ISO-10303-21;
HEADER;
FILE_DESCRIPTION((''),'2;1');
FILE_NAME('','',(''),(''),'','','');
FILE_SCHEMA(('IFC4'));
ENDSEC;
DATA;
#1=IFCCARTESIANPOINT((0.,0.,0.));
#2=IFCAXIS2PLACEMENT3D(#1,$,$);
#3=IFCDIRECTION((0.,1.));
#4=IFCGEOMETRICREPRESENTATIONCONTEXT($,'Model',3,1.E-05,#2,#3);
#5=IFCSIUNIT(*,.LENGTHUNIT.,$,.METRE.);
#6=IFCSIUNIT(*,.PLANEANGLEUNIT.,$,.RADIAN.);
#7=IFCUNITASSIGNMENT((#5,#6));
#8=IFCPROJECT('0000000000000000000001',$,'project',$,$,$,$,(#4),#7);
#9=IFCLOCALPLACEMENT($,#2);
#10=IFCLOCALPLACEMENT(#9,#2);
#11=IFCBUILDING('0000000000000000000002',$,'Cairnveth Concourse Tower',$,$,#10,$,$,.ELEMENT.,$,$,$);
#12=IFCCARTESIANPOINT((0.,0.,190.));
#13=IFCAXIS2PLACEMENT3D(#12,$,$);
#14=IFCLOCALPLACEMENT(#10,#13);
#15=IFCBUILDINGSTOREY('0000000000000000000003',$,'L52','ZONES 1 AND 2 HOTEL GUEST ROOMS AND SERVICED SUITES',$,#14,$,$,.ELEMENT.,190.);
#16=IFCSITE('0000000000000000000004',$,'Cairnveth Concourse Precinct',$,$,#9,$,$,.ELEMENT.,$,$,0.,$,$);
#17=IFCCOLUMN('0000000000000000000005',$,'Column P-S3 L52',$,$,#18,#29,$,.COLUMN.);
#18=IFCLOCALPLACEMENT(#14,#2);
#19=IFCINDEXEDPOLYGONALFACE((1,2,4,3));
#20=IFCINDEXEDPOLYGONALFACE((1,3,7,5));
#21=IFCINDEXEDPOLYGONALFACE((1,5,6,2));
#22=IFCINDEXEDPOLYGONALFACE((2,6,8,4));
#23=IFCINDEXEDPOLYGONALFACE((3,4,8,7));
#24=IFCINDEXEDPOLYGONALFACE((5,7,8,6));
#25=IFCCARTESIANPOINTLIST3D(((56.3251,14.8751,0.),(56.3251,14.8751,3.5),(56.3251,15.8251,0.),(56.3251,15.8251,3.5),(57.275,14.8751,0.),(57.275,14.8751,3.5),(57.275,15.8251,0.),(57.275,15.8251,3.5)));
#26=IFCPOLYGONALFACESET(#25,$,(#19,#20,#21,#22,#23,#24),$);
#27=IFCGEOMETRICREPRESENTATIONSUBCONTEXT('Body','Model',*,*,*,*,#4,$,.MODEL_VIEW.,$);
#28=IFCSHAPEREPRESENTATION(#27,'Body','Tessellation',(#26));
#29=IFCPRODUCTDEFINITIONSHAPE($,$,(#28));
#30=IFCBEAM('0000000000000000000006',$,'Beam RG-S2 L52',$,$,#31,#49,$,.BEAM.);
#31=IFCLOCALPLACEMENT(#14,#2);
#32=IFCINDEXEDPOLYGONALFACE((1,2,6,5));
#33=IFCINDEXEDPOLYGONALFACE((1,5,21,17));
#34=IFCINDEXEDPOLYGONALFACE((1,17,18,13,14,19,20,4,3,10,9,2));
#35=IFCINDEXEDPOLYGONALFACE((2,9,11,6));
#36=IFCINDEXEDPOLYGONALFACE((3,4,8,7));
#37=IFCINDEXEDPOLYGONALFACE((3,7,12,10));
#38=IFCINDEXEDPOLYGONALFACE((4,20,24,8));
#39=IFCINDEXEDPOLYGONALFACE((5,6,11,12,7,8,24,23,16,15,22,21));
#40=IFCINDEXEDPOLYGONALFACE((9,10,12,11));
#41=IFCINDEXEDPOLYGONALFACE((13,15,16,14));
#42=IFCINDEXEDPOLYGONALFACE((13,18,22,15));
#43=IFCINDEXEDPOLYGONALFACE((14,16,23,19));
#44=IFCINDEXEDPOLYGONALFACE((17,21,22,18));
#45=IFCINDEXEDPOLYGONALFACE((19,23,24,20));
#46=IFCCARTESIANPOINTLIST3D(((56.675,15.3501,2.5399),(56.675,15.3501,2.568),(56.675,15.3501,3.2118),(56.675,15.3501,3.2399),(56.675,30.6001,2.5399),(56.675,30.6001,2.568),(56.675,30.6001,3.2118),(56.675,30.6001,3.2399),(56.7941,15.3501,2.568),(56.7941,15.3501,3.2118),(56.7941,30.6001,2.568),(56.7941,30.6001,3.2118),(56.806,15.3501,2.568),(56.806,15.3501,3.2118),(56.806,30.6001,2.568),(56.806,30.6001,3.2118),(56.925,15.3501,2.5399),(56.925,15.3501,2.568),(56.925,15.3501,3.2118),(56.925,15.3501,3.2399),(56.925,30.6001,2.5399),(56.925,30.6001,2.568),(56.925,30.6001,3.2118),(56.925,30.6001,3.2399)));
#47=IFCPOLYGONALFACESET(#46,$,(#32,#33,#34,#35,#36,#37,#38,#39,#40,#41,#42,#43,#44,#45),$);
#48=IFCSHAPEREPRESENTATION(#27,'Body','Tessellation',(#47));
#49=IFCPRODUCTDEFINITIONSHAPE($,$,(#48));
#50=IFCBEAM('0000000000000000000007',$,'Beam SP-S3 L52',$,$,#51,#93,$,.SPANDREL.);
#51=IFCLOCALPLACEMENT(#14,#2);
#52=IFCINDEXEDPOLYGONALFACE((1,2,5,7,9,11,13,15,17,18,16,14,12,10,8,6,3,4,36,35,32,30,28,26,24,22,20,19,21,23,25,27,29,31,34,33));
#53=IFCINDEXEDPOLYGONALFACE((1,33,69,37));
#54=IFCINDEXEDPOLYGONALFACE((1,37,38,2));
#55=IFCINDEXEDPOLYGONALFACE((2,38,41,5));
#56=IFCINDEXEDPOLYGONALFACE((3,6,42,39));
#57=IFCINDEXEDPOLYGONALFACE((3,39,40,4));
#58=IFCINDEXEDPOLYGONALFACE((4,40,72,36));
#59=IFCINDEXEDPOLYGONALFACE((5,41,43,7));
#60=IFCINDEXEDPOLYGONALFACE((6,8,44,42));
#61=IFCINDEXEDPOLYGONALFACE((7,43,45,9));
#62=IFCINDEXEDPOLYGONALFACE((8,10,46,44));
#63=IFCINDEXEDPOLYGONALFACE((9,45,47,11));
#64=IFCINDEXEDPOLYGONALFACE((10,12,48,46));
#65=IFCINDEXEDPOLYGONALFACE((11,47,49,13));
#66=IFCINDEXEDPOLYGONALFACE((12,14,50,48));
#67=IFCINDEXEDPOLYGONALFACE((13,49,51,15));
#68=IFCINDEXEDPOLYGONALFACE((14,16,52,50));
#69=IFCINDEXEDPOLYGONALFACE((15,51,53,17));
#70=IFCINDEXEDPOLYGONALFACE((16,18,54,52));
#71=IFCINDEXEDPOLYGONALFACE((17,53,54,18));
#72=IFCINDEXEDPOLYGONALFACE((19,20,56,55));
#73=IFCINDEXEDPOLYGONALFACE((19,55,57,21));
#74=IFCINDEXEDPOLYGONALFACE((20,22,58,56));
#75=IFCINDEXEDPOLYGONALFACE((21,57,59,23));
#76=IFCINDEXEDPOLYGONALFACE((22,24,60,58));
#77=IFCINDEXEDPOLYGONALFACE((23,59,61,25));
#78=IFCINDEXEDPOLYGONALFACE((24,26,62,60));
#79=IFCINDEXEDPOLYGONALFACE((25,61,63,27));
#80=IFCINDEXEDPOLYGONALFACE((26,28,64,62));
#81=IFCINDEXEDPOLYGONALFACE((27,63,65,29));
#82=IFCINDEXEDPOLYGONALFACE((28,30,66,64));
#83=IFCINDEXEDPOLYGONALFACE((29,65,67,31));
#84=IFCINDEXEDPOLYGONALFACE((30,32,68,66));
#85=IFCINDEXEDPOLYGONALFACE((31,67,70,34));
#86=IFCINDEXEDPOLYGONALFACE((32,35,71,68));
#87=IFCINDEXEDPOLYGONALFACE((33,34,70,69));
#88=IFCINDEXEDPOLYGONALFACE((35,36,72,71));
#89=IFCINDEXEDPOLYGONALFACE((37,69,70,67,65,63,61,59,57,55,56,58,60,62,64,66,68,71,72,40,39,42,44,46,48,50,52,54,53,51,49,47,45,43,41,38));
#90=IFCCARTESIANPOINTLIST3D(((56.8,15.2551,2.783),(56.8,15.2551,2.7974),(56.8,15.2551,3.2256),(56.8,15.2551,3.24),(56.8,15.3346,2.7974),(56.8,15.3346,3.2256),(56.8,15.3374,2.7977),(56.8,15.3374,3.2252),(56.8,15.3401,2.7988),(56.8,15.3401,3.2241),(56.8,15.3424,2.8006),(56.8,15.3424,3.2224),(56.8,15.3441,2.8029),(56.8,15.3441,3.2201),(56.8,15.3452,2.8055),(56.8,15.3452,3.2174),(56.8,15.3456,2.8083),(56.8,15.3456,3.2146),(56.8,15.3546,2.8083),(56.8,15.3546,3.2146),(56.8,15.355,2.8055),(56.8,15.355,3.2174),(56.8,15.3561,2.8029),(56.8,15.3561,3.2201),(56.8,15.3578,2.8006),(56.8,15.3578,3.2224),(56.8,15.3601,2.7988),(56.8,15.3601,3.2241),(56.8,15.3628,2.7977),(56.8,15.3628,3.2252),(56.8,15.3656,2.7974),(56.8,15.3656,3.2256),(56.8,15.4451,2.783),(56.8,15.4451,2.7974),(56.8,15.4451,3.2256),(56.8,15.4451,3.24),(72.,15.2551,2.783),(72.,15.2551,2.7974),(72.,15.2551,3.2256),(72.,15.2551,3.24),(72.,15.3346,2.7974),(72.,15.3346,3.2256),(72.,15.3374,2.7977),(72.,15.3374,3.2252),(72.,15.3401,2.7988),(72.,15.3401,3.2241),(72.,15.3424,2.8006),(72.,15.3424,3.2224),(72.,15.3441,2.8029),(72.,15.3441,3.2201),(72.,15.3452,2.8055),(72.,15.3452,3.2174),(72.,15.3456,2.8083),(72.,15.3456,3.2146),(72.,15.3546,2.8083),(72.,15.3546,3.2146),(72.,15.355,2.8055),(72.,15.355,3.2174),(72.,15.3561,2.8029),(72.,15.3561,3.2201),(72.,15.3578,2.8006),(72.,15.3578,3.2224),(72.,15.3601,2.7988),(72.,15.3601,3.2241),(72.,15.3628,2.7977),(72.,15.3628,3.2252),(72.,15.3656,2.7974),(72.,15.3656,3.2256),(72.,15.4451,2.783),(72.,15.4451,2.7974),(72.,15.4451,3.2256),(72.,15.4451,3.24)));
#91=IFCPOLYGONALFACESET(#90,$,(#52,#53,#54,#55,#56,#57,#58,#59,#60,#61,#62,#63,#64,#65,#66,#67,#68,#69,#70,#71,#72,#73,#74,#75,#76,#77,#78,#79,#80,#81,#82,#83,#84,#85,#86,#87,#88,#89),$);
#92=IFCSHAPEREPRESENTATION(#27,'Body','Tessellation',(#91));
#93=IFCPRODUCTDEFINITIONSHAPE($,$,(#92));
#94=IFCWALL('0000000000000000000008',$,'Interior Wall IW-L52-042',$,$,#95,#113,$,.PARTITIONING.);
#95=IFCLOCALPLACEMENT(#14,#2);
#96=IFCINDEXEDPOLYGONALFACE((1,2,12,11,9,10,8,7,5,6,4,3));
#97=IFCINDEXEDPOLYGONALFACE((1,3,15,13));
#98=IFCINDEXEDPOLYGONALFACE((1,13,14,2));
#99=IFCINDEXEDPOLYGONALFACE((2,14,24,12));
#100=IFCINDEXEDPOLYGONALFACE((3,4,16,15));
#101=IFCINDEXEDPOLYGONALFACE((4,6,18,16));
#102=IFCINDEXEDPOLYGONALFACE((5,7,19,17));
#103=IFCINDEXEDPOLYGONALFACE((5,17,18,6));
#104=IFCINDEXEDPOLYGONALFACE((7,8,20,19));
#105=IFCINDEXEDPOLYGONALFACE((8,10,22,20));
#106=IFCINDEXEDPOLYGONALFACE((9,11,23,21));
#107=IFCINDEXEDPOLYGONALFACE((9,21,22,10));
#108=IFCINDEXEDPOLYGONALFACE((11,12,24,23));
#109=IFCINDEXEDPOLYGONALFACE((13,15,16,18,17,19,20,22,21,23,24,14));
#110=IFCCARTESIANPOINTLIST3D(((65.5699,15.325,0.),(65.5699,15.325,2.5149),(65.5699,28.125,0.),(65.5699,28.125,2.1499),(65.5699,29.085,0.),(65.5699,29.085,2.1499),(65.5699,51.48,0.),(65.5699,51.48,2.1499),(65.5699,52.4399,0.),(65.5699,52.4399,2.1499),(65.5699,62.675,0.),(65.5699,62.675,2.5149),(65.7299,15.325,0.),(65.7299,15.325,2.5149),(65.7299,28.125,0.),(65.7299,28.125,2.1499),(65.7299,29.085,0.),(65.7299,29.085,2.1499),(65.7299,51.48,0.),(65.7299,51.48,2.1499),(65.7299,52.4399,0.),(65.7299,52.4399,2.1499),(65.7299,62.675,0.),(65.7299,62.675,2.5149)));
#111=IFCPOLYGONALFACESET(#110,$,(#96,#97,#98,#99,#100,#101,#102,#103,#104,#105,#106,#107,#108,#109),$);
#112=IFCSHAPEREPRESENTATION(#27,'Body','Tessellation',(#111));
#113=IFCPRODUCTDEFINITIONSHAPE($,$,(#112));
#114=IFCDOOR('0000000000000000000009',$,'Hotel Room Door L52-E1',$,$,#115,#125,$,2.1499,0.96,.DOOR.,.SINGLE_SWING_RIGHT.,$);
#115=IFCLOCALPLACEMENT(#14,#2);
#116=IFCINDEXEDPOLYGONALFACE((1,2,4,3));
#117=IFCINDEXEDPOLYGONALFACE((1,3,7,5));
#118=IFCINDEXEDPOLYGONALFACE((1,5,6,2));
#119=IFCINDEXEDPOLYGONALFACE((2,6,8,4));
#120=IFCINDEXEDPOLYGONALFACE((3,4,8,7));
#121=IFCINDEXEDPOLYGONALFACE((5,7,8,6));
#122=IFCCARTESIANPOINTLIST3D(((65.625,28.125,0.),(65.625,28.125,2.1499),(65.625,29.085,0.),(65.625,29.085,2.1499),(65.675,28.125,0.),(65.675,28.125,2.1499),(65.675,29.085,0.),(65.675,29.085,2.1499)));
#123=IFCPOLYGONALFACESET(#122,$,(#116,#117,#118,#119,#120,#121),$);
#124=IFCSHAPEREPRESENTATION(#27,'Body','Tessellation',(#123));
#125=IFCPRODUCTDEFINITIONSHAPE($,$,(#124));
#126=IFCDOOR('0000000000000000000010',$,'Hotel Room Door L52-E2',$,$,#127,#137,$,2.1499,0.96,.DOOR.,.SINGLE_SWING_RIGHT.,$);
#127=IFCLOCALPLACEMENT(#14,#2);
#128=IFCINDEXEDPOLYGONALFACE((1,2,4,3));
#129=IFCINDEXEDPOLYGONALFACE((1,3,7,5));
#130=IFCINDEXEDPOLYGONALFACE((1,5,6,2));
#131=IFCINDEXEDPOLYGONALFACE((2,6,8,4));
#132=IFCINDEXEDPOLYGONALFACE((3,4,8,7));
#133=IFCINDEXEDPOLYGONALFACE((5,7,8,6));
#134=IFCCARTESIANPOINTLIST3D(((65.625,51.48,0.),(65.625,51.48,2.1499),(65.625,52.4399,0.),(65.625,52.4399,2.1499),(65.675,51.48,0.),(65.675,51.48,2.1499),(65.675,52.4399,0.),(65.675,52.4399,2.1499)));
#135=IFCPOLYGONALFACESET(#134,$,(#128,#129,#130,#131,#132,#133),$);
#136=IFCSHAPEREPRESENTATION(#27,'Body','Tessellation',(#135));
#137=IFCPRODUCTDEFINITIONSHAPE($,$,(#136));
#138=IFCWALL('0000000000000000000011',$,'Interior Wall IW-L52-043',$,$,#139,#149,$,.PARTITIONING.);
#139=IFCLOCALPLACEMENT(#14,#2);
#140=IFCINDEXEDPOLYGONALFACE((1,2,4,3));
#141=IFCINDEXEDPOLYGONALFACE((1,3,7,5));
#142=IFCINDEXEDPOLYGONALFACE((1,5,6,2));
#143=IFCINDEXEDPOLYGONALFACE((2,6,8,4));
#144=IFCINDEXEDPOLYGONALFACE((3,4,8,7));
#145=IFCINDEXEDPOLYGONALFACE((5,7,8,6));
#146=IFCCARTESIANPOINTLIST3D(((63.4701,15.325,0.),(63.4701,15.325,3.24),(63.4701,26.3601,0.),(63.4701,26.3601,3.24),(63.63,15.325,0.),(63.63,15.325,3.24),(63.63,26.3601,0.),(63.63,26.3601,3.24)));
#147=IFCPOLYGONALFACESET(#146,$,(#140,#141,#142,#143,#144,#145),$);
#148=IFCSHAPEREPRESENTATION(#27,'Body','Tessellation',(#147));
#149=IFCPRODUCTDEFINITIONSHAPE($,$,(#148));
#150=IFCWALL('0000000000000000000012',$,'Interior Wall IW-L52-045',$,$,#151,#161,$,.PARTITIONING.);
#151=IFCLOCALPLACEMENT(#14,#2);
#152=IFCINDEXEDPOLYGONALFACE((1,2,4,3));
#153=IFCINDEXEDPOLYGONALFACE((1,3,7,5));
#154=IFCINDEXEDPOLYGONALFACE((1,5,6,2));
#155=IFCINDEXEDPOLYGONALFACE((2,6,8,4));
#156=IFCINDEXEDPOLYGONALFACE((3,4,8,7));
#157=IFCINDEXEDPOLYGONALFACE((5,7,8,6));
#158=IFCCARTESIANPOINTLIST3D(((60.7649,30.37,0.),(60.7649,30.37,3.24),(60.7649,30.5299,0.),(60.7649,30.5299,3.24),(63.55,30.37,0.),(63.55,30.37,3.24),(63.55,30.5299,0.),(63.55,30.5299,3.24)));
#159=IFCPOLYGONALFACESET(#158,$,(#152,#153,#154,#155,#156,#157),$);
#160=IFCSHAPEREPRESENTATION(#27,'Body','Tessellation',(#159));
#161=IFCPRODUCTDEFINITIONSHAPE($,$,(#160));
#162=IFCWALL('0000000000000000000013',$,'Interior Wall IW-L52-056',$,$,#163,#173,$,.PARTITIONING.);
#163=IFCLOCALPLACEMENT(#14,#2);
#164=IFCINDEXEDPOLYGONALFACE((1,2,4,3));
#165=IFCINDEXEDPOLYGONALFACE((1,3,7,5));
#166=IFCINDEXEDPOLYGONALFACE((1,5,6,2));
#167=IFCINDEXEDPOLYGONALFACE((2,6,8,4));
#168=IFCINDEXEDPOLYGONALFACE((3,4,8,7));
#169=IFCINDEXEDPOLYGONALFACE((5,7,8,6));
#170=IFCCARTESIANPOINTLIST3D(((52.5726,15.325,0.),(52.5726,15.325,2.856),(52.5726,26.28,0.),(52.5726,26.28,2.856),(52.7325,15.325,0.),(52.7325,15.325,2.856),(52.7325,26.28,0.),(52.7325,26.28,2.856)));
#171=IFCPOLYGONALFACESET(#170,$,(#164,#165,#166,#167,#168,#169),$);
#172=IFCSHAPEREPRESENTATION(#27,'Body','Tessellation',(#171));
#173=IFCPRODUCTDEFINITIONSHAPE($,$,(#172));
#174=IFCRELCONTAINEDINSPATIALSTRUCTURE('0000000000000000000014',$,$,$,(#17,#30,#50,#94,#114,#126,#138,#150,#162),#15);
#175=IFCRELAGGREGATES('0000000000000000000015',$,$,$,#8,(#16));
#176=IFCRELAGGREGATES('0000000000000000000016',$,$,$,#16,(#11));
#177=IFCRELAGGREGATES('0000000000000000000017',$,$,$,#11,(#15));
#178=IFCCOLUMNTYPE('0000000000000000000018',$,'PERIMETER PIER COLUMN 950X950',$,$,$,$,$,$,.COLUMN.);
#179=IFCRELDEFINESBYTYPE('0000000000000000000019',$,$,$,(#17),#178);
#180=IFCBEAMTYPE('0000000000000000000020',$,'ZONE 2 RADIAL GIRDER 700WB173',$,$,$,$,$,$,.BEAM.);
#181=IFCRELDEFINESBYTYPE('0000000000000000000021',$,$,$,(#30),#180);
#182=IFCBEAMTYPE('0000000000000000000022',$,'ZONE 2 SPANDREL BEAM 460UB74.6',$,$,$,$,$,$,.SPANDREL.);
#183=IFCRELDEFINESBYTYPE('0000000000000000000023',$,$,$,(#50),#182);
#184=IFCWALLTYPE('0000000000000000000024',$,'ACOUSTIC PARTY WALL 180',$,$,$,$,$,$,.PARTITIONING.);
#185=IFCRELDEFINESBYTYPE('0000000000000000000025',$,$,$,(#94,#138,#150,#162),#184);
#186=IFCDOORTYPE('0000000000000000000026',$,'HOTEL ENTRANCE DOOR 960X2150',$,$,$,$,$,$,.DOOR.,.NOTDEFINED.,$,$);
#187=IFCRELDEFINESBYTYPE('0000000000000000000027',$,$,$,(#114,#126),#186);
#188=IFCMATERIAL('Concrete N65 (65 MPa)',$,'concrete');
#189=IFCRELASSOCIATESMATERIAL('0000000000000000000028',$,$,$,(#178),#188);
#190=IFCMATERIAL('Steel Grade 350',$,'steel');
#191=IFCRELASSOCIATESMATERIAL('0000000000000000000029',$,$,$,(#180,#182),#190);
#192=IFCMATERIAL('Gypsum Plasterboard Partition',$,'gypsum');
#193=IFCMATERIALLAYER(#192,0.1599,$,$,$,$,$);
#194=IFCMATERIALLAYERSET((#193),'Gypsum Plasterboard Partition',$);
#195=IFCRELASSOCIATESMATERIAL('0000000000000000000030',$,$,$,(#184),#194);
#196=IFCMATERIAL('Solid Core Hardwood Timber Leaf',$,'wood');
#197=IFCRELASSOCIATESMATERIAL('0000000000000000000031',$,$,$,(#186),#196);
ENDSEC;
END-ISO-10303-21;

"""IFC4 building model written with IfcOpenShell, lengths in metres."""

from ifc_helpers import new_model, si_unit, direction, frame, frame_2d, origin, origin_2d, place, context, subcontext, project, spatial, rectangle, i_section, extrude, material, layer, layer_set, material_profile, profile_set, type_object, element, fill, save


model = new_model("IFC4")

# Units and contexts
model_context = context("Model", 3, precision=1e-05, world=origin(), true_north=direction((0.0, 1.0)))
body_context = subcontext(model_context, "Body", "Model", "MODEL_VIEW")
ifc_project = project(units=[si_unit("LENGTHUNIT", "METRE"), si_unit("PLANEANGLEUNIT", "RADIAN")], contexts=[model_context])

# Site, building, storey
site_placement = place(None, origin())
site = spatial("IfcSite", under=ifc_project, at=site_placement, Name="Cairnveth Concourse Precinct", CompositionType="ELEMENT", RefElevation=0.0)
building_placement = place(site_placement, origin())
building = spatial("IfcBuilding", under=site, at=building_placement, Name="Cairnveth Concourse Tower", CompositionType="ELEMENT")
storey_placement = place(building_placement, frame((0.0, 0.0, 190.0)))
storey = spatial("IfcBuildingStorey", under=building, at=storey_placement, Name="L52", Description="ZONES 1 AND 2 HOTEL GUEST ROOMS AND SERVICED SUITES", CompositionType="ELEMENT", Elevation=190.0)

# Column
ifc_material_1 = material(Name="Concrete N65 (65 MPa)", Category="concrete")
ifc_material_profile_1 = material_profile(ifc_material_1, rectangle(XDim=0.95, YDim=0.95, at=origin_2d()), Name="RC-COL-950x950")
ifc_profile_set_1 = profile_set([ifc_material_profile_1], Name="Concrete N65 (65 MPa)")
column_type = type_object("IfcColumnType", Name="PERIMETER PIER COLUMN 950X950", PredefinedType="COLUMN", material=ifc_profile_set_1)
column_placement = place(storey_placement, frame((56.8, 15.3501, 0.0), z_axis=(0.0, 0.0, 1.0), x_axis=(1.0, 0.0, 0.0)))
element("IfcColumn", 1, at=column_placement, inside=storey, type_object=column_type, Name="Column P-S3 L52", PredefinedType="COLUMN", context=body_context, shape_type="SweptSolid", body=[
    extrude(rectangle(XDim=0.95, YDim=0.95, at=origin_2d()), origin(), (0.0, 0.0, 1.0), 3.5),
])

# Beams
ifc_material_2 = material(Name="Steel Grade 350", Category="steel")
ifc_material_profile_2 = material_profile(ifc_material_2, i_section(OverallWidth=0.25, OverallDepth=0.7, WebThickness=0.012, FlangeThickness=0.0281, at=origin_2d()), Name="700WB173")
ifc_profile_set_2 = profile_set([ifc_material_profile_2], Name="Steel Grade 350")
beam_type_1 = type_object("IfcBeamType", Name="ZONE 2 RADIAL GIRDER 700WB173", PredefinedType="BEAM", material=ifc_profile_set_2)
beam_1_placement = place(storey_placement, frame((56.8, 15.3501, 2.8899), z_axis=(0.0, 1.0, 0.0), x_axis=(-1.0, 0.0, 0.0)))
element("IfcBeam", 2, at=beam_1_placement, inside=storey, type_object=beam_type_1, Name="Beam RG-S2 L52", PredefinedType="BEAM", context=body_context, shape_type="SweptSolid", body=[
    extrude(i_section(OverallWidth=0.25, OverallDepth=0.7, WebThickness=0.012, FlangeThickness=0.0281, at=origin_2d()), origin(), (0.0, 0.0, 1.0), 15.25),
])
ifc_material_profile_3 = material_profile(ifc_material_2, i_section(OverallWidth=0.1899, OverallDepth=0.457, WebThickness=0.009, FlangeThickness=0.0144, FilletRadius=0.011, at=origin_2d()), Name="460UB74.6")
ifc_profile_set_3 = profile_set([ifc_material_profile_3], Name="Steel Grade 350")
beam_type_2 = type_object("IfcBeamType", Name="ZONE 2 SPANDREL BEAM 460UB74.6", PredefinedType="SPANDREL", material=ifc_profile_set_3)
beam_2_placement = place(storey_placement, frame((56.8, 15.3501, 3.0115), z_axis=(1.0, 0.0, 0.0), x_axis=(0.0, 1.0, 0.0)))
element("IfcBeam", 3, at=beam_2_placement, inside=storey, type_object=beam_type_2, Name="Beam SP-S3 L52", PredefinedType="SPANDREL", context=body_context, shape_type="SweptSolid", body=[
    extrude(i_section(OverallWidth=0.1899, OverallDepth=0.457, WebThickness=0.009, FlangeThickness=0.0144, FilletRadius=0.011, at=origin_2d()), origin(), (0.0, 0.0, 1.0), 15.2),
])

# Wall, openings, doors
ifc_material_3 = material(Name="Gypsum Plasterboard Partition", Category="gypsum")
ifc_layer_1 = layer(ifc_material_3, 0.1599)
ifc_layer_set_1 = layer_set([ifc_layer_1], Name="Gypsum Plasterboard Partition")
wall_type_1 = type_object("IfcWallType", Name="ACOUSTIC PARTY WALL 180", PredefinedType="PARTITIONING", material=ifc_layer_set_1)
wall_1_placement = place(storey_placement, frame((65.6499, 15.325, 0.0), z_axis=(0.0, 0.0, 1.0), x_axis=(0.0, 1.0, 0.0)))
wall_1 = element("IfcWall", 4, at=wall_1_placement, inside=storey, type_object=wall_type_1, Name="Interior Wall IW-L52-042", PredefinedType="PARTITIONING", context=body_context, shape_type="SweptSolid", body=[
    extrude(rectangle(XDim=47.3501, YDim=0.1599, at=frame_2d((23.675, 0.0))), origin(), (0.0, 0.0, 1.0), 2.5149),
])
opening_1_placement = place(wall_1_placement, frame((12.8, 0.0, 0.0)))
opening_1 = element("IfcOpeningElement", 5, at=opening_1_placement, cuts=wall_1, PredefinedType="OPENING", context=body_context, shape_type="SweptSolid", body=[
    extrude(rectangle(XDim=0.96, YDim=2.1499, at=frame_2d((0.48, 1.075))), frame((0.0, 0.0898, 0.0), z_axis=(0.0, -1.0, 0.0), x_axis=(1.0, 0.0, 0.0)), (0.0, 0.0, 1.0), 0.1799),
])
opening_2_placement = place(wall_1_placement, frame((36.155, 0.0, 0.0)))
opening_2 = element("IfcOpeningElement", 6, at=opening_2_placement, cuts=wall_1, PredefinedType="OPENING", context=body_context, shape_type="SweptSolid", body=[
    extrude(rectangle(XDim=0.96, YDim=2.1499, at=frame_2d((0.48, 1.075))), frame((0.0, 0.0898, 0.0), z_axis=(0.0, -1.0, 0.0), x_axis=(1.0, 0.0, 0.0)), (0.0, 0.0, 1.0), 0.1799),
])
ifc_material_4 = material(Name="Solid Core Hardwood Timber Leaf", Category="wood")
door_type_1 = type_object("IfcDoorType", Name="HOTEL ENTRANCE DOOR 960X2150", OperationType="NOTDEFINED", PredefinedType="DOOR", material=ifc_material_4)
door_1_placement = place(opening_1_placement, origin())
door_1 = element("IfcDoor", 7, at=door_1_placement, inside=storey, type_object=door_type_1, Name="Hotel Room Door L52-E1", OperationType="SINGLE_SWING_RIGHT", OverallHeight=2.1499, OverallWidth=0.96, PredefinedType="DOOR", context=body_context, shape_type="SweptSolid", body=[
    extrude(rectangle(XDim=0.96, YDim=2.1499, at=frame_2d((0.48, 1.075))), frame((0.0, 0.0249, 0.0), z_axis=(0.0, -1.0, 0.0), x_axis=(1.0, 0.0, 0.0)), (0.0, 0.0, 1.0), 0.05),
])
fill(opening_1, door_1)
door_2_placement = place(opening_2_placement, origin())
door_2 = element("IfcDoor", 8, at=door_2_placement, inside=storey, type_object=door_type_1, Name="Hotel Room Door L52-E2", OperationType="SINGLE_SWING_RIGHT", OverallHeight=2.1499, OverallWidth=0.96, PredefinedType="DOOR", context=body_context, shape_type="SweptSolid", body=[
    extrude(rectangle(XDim=0.96, YDim=2.1499, at=frame_2d((0.48, 1.075))), frame((0.0, 0.0249, 0.0), z_axis=(0.0, -1.0, 0.0), x_axis=(1.0, 0.0, 0.0)), (0.0, 0.0, 1.0), 0.05),
])
fill(opening_2, door_2)

# Walls
wall_2_placement = place(storey_placement, frame((63.55, 15.325, 0.0), z_axis=(0.0, 0.0, 1.0), x_axis=(0.0, 1.0, 0.0)))
element("IfcWall", 9, at=wall_2_placement, inside=storey, type_object=wall_type_1, Name="Interior Wall IW-L52-043", PredefinedType="PARTITIONING", context=body_context, shape_type="SweptSolid", body=[
    extrude(rectangle(XDim=11.0352, YDim=0.1599, at=frame_2d((5.5176, 0.0))), origin(), (0.0, 0.0, 1.0), 3.24),
])
wall_3_placement = place(storey_placement, frame((60.7649, 30.45, 0.0), z_axis=(0.0, 0.0, 1.0), x_axis=(1.0, 0.0, 0.0)))
element("IfcWall", 10, at=wall_3_placement, inside=storey, type_object=wall_type_1, Name="Interior Wall IW-L52-045", PredefinedType="PARTITIONING", context=body_context, shape_type="SweptSolid", body=[
    extrude(rectangle(XDim=2.7852, YDim=0.1599, at=frame_2d((1.3926, 0.0))), origin(), (0.0, 0.0, 1.0), 3.24),
])
wall_4_placement = place(storey_placement, frame((52.6526, 15.325, 0.0), z_axis=(0.0, 0.0, 1.0), x_axis=(0.0, 1.0, 0.0)))
element("IfcWall", 11, at=wall_4_placement, inside=storey, type_object=wall_type_1, Name="Interior Wall IW-L52-056", PredefinedType="PARTITIONING", context=body_context, shape_type="SweptSolid", body=[
    extrude(rectangle(XDim=10.9551, YDim=0.1599, at=frame_2d((5.4775, 0.0))), origin(), (0.0, 0.0, 1.0), 2.856),
])

save(model, "model.ifc")
